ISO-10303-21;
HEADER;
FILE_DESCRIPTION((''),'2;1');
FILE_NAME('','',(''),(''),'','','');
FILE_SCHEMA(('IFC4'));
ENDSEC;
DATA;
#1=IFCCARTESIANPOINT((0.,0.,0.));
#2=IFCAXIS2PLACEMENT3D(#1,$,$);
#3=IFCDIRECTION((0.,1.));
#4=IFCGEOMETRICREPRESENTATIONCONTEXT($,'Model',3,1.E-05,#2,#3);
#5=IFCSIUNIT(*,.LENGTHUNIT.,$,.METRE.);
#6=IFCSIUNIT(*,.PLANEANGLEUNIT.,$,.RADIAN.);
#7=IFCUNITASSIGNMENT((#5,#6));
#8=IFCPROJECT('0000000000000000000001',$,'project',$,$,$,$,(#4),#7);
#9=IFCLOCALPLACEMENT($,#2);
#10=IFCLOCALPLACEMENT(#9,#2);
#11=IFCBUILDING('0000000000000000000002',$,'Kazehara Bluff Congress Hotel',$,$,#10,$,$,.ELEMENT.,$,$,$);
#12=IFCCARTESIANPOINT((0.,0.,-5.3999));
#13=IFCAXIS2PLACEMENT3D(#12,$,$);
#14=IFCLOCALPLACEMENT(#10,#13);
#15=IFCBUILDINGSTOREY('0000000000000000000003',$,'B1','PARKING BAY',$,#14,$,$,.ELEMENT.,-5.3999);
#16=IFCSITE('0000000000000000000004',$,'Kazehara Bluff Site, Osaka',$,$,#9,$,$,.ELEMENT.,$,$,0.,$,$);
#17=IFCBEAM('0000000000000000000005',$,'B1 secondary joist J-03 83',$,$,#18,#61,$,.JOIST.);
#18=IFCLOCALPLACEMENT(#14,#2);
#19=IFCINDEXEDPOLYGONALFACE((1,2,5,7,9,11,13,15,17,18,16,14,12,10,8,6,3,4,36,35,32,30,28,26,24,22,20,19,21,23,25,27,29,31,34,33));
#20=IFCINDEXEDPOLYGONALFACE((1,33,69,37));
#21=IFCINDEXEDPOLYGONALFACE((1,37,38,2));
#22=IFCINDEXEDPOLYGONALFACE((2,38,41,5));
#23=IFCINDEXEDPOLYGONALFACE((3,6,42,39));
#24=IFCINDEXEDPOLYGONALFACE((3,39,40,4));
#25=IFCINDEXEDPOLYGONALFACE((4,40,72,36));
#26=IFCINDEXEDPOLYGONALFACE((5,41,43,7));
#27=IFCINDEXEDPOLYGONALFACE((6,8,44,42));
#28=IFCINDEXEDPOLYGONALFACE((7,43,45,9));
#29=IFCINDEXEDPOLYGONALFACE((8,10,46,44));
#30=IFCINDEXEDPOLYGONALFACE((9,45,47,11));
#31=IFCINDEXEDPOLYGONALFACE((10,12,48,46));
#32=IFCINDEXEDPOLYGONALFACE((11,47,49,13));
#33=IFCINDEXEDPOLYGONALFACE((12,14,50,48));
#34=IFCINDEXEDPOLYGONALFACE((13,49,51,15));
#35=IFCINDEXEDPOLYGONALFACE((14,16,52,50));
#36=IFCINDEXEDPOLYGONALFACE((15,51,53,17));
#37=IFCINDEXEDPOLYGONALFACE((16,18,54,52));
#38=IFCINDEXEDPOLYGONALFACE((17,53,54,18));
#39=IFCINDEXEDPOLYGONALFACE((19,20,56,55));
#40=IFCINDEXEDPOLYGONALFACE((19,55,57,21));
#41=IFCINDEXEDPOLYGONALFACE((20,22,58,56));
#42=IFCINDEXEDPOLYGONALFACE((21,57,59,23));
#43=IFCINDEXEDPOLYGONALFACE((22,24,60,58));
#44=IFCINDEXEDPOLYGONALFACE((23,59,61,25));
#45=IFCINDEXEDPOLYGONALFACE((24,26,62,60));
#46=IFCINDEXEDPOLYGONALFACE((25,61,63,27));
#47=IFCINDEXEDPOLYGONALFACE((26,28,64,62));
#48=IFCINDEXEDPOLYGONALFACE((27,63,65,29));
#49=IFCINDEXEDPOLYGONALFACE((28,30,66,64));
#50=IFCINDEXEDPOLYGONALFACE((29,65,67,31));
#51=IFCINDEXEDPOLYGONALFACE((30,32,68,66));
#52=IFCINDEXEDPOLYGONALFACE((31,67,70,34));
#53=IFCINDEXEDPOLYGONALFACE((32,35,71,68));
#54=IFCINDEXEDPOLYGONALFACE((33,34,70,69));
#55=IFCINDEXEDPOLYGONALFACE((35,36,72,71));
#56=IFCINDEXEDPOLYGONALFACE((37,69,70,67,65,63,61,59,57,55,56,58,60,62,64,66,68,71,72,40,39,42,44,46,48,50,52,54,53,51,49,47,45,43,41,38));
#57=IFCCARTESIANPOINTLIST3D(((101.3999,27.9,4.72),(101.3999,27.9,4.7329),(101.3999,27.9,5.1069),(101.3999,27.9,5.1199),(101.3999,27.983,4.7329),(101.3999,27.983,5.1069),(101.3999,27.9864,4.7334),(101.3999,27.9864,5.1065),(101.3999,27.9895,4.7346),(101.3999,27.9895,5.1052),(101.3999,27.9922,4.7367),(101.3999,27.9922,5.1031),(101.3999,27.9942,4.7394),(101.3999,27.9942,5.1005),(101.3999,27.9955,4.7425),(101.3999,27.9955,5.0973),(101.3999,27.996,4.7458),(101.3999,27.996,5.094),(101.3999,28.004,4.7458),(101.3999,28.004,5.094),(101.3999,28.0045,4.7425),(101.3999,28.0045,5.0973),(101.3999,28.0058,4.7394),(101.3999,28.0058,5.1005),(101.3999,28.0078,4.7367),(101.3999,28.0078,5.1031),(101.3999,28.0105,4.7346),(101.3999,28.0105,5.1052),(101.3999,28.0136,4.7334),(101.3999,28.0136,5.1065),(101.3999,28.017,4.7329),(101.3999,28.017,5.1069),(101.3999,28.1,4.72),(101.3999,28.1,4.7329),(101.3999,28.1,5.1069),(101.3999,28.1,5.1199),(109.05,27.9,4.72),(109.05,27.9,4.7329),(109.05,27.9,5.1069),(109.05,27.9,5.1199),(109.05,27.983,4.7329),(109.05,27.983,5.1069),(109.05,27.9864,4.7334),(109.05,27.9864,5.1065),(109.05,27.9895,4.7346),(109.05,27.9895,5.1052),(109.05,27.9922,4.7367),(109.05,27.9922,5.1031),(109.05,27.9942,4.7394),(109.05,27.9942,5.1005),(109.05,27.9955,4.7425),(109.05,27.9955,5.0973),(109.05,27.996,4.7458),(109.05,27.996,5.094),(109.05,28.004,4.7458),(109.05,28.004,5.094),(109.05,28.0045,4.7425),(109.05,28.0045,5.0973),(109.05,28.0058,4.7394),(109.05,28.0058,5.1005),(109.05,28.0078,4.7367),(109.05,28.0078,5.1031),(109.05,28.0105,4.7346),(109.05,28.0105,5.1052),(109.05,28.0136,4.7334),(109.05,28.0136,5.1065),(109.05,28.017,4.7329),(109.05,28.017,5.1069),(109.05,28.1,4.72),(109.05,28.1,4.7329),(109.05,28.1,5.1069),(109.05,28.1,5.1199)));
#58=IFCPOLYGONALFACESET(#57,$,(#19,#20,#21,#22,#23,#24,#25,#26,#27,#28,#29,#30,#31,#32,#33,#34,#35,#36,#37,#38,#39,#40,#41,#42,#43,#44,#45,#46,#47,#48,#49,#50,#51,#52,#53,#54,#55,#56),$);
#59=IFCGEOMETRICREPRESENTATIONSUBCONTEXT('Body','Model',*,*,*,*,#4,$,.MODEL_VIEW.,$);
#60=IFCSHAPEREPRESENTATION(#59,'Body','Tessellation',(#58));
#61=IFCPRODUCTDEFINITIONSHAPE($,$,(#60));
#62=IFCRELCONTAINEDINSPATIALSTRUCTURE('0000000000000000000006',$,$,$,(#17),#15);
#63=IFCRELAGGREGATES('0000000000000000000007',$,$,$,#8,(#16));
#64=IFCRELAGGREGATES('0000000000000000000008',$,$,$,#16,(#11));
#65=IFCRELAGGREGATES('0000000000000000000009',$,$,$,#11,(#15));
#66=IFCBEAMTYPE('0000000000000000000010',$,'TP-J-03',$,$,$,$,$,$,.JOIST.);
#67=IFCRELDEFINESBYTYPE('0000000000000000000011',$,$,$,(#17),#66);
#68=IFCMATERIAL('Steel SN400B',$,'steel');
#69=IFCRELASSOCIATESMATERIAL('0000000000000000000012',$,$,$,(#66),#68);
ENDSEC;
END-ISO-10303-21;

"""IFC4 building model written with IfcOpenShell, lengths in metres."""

from ifc_helpers import new_model, si_unit, direction, frame, origin, origin_2d, place, context, subcontext, project, spatial, i_section, extrude, material, material_profile, profile_set, type_object, element, save


model = new_model("IFC4")

# Units and contexts
model_context = context("Model", 3, precision=1e-05, world=origin(), true_north=direction((0.0, 1.0)))
body_context = subcontext(model_context, "Body", "Model", "MODEL_VIEW")
ifc_project = project(units=[si_unit("LENGTHUNIT", "METRE"), si_unit("PLANEANGLEUNIT", "RADIAN")], contexts=[model_context])

# Site, building, storey
site_placement = place(None, origin())
site = spatial("IfcSite", under=ifc_project, at=site_placement, Name="Kazehara Bluff Site, Osaka", CompositionType="ELEMENT", RefElevation=0.0)
building_placement = place(site_placement, origin())
building = spatial("IfcBuilding", under=site, at=building_placement, Name="Kazehara Bluff Congress Hotel", CompositionType="ELEMENT")
storey_placement = place(building_placement, frame((0.0, 0.0, -5.3999)))
storey = spatial("IfcBuildingStorey", under=building, at=storey_placement, Name="B1", Description="PARKING BAY", CompositionType="ELEMENT", Elevation=-5.3999)

# Beam
ifc_material_1 = material(Name="Steel SN400B", Category="steel")
ifc_material_profile_1 = material_profile(ifc_material_1, i_section(OverallWidth=0.2, OverallDepth=0.3999, WebThickness=0.0081, FlangeThickness=0.0129, FilletRadius=0.0129, at=origin_2d()))
ifc_profile_set_1 = profile_set([ifc_material_profile_1], Name="Steel SN400B")
beam_type_1 = type_object("IfcBeamType", Name="TP-J-03", PredefinedType="JOIST", material=ifc_profile_set_1)
for number, where, z_axis, x_axis, name in (
    (1, (101.3999, 28.0, 4.9199), (1.0, 0.0, 0.0), (0.0, 1.0, 0.0), "B1 secondary joist J-03 83"),
):
    element("IfcBeam", number, at=place(storey_placement, frame(where, z_axis=z_axis, x_axis=x_axis)), inside=storey, type_object=beam_type_1, Name=name, PredefinedType="JOIST", context=body_context, shape_type="SweptSolid", body=[
        extrude(i_section(OverallWidth=0.2, OverallDepth=0.3999, WebThickness=0.0081, FlangeThickness=0.0129, FilletRadius=0.0129, at=origin_2d()), origin(), (0.0, 0.0, 1.0), 7.6501),
    ])

save(model, "model.ifc")
